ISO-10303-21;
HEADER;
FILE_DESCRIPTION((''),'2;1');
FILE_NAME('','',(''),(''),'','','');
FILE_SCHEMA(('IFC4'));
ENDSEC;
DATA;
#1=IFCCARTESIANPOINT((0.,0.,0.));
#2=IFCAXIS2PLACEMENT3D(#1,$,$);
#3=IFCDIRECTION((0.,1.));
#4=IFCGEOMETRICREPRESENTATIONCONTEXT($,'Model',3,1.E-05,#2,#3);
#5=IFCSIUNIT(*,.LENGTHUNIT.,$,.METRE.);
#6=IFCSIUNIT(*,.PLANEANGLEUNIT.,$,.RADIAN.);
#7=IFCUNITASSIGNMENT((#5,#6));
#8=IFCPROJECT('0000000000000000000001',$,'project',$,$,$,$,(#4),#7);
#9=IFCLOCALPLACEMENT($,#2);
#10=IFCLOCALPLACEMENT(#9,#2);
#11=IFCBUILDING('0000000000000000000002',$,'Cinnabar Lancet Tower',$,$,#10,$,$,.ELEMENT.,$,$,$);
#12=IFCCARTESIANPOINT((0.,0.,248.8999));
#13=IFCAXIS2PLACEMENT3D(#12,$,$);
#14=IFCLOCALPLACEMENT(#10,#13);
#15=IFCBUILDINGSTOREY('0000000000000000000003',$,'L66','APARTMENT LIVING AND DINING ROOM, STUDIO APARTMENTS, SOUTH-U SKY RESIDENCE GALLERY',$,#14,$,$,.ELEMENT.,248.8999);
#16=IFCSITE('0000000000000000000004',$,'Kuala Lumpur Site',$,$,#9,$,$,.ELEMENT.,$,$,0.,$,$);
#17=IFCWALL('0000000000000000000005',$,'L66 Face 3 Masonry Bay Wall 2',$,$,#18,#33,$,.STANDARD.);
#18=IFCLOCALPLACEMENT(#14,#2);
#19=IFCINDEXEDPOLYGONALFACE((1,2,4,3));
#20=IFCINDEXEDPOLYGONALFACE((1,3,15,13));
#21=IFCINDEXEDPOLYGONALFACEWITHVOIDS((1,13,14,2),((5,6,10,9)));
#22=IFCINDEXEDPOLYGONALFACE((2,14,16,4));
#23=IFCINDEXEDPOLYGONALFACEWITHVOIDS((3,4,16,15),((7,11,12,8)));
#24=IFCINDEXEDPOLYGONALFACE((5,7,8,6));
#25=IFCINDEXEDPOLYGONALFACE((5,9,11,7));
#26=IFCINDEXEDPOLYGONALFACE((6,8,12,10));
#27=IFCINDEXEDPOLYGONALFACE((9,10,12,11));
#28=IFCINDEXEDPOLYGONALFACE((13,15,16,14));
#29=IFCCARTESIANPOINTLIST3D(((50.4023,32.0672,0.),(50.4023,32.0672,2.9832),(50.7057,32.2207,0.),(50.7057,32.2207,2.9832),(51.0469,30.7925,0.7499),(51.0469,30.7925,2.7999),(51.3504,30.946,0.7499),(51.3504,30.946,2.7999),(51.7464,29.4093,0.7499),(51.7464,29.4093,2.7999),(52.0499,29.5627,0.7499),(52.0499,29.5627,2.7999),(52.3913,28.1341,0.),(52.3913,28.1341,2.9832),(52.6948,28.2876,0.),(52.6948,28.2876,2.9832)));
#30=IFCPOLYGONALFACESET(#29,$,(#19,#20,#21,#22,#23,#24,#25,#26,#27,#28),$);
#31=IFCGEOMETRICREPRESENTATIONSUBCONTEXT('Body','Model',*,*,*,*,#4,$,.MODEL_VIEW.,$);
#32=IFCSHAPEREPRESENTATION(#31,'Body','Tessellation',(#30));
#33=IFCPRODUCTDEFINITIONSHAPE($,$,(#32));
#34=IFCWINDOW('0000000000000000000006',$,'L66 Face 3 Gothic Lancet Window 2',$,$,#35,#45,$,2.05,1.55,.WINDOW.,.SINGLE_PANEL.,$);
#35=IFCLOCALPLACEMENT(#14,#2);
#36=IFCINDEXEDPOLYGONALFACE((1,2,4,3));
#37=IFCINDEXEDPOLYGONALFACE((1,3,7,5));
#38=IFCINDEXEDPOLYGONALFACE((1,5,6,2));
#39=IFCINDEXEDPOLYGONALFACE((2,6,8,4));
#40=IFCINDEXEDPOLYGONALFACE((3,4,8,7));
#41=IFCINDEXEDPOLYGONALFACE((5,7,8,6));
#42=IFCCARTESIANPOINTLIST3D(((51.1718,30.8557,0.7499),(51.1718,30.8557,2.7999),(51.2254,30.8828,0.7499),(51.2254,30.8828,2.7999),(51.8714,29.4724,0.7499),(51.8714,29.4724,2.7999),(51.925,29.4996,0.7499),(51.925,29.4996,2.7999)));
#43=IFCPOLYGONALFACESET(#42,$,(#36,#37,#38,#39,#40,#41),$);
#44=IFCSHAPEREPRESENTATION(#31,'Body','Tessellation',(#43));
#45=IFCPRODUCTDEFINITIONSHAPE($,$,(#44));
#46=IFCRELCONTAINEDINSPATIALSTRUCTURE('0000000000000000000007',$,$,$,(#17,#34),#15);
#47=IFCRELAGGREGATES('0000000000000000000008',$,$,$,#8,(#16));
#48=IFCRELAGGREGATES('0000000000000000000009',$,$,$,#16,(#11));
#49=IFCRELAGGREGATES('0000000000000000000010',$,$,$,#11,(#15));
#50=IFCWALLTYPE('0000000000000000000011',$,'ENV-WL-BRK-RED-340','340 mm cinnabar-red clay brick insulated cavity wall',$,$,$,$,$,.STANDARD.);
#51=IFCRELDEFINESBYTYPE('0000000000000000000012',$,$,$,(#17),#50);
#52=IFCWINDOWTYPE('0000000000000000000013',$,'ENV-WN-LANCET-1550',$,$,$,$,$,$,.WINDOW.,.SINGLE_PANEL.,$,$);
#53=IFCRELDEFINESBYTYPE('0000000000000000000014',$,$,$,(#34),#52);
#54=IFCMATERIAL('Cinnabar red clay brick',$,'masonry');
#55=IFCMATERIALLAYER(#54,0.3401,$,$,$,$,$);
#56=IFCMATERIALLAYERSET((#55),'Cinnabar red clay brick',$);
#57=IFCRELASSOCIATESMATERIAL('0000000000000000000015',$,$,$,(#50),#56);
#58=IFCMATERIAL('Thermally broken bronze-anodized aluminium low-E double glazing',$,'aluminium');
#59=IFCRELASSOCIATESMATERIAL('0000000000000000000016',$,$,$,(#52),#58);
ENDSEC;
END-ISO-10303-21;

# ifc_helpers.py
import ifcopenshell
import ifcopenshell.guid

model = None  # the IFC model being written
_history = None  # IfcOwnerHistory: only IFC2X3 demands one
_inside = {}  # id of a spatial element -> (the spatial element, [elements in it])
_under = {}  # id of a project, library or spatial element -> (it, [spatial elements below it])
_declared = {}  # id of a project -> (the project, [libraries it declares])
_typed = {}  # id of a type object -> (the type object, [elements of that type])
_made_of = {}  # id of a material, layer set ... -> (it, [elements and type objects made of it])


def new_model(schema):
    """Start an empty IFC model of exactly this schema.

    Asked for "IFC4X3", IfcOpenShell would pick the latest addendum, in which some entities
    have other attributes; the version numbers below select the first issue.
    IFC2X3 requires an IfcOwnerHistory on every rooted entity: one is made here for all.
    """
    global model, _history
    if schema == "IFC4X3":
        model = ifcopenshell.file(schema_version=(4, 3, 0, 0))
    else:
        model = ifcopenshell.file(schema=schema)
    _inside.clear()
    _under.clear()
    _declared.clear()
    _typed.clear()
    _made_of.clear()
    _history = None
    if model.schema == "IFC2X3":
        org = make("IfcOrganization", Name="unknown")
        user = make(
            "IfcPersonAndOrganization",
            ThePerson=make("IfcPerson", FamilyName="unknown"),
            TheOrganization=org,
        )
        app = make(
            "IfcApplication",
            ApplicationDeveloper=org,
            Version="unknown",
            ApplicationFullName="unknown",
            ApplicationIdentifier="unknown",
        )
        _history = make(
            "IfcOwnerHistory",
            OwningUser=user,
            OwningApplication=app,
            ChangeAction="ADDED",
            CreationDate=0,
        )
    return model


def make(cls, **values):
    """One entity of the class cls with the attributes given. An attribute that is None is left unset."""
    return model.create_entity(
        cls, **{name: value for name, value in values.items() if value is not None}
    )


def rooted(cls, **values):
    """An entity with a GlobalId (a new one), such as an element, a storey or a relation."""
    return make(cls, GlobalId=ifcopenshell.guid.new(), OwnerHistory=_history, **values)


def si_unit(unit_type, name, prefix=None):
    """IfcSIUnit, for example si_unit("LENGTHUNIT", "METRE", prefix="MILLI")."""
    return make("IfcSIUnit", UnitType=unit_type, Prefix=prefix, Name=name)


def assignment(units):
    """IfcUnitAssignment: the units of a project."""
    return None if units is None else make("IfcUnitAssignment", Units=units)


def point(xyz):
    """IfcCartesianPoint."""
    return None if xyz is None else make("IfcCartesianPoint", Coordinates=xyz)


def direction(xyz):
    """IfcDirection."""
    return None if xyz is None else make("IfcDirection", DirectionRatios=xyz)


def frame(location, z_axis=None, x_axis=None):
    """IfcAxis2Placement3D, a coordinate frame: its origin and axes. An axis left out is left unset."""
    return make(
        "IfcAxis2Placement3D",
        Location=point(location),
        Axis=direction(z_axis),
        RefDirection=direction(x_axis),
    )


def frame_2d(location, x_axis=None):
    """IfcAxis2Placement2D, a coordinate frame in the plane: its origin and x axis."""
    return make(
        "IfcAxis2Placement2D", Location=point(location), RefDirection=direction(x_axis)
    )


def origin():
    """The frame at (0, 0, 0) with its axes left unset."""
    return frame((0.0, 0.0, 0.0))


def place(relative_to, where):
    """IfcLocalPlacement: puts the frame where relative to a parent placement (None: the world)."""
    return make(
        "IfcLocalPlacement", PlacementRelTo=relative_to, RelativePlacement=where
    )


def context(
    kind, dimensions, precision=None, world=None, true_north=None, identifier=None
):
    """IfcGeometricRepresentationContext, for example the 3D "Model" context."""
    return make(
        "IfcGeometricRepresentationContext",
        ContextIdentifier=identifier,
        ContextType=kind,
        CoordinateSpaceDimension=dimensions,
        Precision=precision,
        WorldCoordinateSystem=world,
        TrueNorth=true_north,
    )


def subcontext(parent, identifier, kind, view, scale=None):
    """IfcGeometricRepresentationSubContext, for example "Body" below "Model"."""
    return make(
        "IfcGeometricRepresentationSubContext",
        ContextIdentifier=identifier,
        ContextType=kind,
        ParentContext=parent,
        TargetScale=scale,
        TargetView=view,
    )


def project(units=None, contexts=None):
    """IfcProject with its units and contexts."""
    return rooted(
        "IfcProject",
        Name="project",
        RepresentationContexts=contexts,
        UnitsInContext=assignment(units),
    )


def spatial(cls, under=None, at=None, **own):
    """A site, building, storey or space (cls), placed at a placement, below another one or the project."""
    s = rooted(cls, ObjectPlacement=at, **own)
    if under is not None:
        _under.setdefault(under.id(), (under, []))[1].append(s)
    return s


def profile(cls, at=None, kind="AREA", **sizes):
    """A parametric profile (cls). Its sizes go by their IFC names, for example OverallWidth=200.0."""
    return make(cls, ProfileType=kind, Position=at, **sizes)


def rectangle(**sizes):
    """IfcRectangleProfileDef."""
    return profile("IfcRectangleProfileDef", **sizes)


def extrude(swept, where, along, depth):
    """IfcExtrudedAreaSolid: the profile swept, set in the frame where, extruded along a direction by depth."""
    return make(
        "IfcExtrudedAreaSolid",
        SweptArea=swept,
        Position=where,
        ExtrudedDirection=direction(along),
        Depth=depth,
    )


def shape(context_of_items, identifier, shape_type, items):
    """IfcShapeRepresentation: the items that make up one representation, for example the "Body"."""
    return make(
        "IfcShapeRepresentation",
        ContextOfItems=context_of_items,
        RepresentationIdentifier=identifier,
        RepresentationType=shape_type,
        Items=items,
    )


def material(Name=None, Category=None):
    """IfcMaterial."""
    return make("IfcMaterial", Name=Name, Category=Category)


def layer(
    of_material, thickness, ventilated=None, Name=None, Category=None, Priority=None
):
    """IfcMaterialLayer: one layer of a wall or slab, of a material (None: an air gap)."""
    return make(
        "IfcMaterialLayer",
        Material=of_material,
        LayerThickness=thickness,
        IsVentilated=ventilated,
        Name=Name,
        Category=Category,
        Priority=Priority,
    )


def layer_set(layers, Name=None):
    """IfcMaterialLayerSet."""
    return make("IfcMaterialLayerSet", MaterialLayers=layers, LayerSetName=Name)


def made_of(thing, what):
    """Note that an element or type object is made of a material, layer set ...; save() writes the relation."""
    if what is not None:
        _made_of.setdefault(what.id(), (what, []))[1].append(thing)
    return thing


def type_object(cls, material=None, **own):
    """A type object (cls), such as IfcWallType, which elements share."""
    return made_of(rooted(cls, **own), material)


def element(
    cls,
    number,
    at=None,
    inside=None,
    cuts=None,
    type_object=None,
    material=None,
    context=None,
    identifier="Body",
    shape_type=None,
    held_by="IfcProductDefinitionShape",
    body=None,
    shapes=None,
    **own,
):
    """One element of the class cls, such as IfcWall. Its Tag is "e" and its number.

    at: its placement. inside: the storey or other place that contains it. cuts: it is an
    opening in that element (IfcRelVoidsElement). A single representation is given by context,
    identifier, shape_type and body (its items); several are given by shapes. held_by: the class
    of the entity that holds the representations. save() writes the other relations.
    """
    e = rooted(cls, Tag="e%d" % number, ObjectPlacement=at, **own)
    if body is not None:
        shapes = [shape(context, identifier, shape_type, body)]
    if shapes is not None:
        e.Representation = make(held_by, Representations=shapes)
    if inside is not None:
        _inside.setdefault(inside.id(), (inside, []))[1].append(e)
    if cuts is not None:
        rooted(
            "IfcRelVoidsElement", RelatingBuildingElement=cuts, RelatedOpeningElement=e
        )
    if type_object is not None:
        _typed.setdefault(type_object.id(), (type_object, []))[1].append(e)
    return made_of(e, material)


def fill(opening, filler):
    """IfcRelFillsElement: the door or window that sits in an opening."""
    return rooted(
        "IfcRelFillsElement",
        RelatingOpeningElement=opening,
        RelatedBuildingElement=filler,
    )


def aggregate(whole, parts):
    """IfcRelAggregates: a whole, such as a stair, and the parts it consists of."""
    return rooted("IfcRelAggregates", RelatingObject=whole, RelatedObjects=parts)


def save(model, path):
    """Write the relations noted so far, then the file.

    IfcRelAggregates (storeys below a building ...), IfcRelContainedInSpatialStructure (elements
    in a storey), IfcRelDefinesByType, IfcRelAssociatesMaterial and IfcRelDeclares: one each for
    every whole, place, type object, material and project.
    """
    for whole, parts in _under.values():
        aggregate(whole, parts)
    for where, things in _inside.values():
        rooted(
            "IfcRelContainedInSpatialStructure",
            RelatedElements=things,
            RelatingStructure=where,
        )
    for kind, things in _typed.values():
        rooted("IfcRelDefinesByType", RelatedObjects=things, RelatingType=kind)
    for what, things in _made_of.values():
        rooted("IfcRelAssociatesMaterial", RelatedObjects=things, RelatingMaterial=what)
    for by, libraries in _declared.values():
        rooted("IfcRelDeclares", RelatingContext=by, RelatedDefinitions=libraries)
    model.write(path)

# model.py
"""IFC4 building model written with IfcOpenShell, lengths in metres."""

from ifc_helpers import new_model, si_unit, direction, frame, frame_2d, origin, place, context, subcontext, project, spatial, rectangle, extrude, material, layer, layer_set, type_object, element, fill, save


model = new_model("IFC4")

# Units and contexts
model_context = context("Model", 3, precision=1e-05, world=origin(), true_north=direction((0.0, 1.0)))
body_context = subcontext(model_context, "Body", "Model", "MODEL_VIEW")
ifc_project = project(units=[si_unit("LENGTHUNIT", "METRE"), si_unit("PLANEANGLEUNIT", "RADIAN")], contexts=[model_context])

# Site, building, storey
site_placement = place(None, origin())
site = spatial("IfcSite", under=ifc_project, at=site_placement, Name="Kuala Lumpur Site", CompositionType="ELEMENT", RefElevation=0.0)
building_placement = place(site_placement, origin())
building = spatial("IfcBuilding", under=site, at=building_placement, Name="Cinnabar Lancet Tower", CompositionType="ELEMENT")
storey_placement = place(building_placement, frame((0.0, 0.0, 248.8999)))
storey = spatial("IfcBuildingStorey", under=building, at=storey_placement, Name="L66", Description="APARTMENT LIVING AND DINING ROOM, STUDIO APARTMENTS, SOUTH-U SKY RESIDENCE GALLERY", CompositionType="ELEMENT", Elevation=248.8999)

# Shared definitions
ifc_material_1 = material(Name="Cinnabar red clay brick", Category="masonry")
ifc_layer_1 = layer(ifc_material_1, 0.3401)
ifc_layer_set_1 = layer_set([ifc_layer_1], Name="Cinnabar red clay brick")
wall_type_1 = type_object("IfcWallType", Name="ENV-WL-BRK-RED-340", Description="340 mm cinnabar-red clay brick insulated cavity wall", PredefinedType="STANDARD", material=ifc_layer_set_1)

# Wall, opening, window
wall_1_placement = place(storey_placement, frame((52.543, 28.2109, 0.0), z_axis=(0.0, 0.0, 1.0), x_axis=(-0.451286, 0.892379, 0.0)))
wall_1 = element("IfcWall", 1, at=wall_1_placement, inside=storey, type_object=wall_type_1, Name="L66 Face 3 Masonry Bay Wall 2", PredefinedType="STANDARD", context=body_context, shape_type="SweptSolid", body=[
    extrude(rectangle(XDim=4.4075, YDim=0.3401, at=frame_2d((2.2036, 0.0))), origin(), (0.0, 0.0, 1.0), 2.9832),
])
opening_1_placement = place(wall_1_placement, frame((1.429, 0.0, 0.75)))
opening_1 = element("IfcOpeningElement", 2, at=opening_1_placement, cuts=wall_1, PredefinedType="OPENING", context=body_context, shape_type="SweptSolid", body=[
    extrude(rectangle(XDim=1.55, YDim=2.05, at=frame_2d((0.7749, 1.0249))), frame((0.0, 0.1799, 0.0), z_axis=(0.0, -1.0, 0.0), x_axis=(1.0, 0.0, 0.0)), (0.0, 0.0, 1.0), 0.3601),
])
ifc_material_2 = material(Name="Thermally broken bronze-anodized aluminium low-E double glazing", Category="aluminium")
window_type = type_object("IfcWindowType", Name="ENV-WN-LANCET-1550", PartitioningType="SINGLE_PANEL", PredefinedType="WINDOW", material=ifc_material_2)
window_placement = place(opening_1_placement, origin())
window = element("IfcWindow", 3, at=window_placement, inside=storey, type_object=window_type, Name="L66 Face 3 Gothic Lancet Window 2", OverallHeight=2.05, OverallWidth=1.55, PartitioningType="SINGLE_PANEL", PredefinedType="WINDOW", context=body_context, shape_type="SweptSolid", body=[
    extrude(rectangle(XDim=1.55, YDim=2.05, at=frame_2d((0.7749, 1.0249))), frame((0.0, 0.03, 0.0), z_axis=(0.0, -1.0, 0.0), x_axis=(1.0, 0.0, 0.0)), (0.0, 0.0, 1.0), 0.0601),
])
fill(opening_1, window)

save(model, "model.ifc")
